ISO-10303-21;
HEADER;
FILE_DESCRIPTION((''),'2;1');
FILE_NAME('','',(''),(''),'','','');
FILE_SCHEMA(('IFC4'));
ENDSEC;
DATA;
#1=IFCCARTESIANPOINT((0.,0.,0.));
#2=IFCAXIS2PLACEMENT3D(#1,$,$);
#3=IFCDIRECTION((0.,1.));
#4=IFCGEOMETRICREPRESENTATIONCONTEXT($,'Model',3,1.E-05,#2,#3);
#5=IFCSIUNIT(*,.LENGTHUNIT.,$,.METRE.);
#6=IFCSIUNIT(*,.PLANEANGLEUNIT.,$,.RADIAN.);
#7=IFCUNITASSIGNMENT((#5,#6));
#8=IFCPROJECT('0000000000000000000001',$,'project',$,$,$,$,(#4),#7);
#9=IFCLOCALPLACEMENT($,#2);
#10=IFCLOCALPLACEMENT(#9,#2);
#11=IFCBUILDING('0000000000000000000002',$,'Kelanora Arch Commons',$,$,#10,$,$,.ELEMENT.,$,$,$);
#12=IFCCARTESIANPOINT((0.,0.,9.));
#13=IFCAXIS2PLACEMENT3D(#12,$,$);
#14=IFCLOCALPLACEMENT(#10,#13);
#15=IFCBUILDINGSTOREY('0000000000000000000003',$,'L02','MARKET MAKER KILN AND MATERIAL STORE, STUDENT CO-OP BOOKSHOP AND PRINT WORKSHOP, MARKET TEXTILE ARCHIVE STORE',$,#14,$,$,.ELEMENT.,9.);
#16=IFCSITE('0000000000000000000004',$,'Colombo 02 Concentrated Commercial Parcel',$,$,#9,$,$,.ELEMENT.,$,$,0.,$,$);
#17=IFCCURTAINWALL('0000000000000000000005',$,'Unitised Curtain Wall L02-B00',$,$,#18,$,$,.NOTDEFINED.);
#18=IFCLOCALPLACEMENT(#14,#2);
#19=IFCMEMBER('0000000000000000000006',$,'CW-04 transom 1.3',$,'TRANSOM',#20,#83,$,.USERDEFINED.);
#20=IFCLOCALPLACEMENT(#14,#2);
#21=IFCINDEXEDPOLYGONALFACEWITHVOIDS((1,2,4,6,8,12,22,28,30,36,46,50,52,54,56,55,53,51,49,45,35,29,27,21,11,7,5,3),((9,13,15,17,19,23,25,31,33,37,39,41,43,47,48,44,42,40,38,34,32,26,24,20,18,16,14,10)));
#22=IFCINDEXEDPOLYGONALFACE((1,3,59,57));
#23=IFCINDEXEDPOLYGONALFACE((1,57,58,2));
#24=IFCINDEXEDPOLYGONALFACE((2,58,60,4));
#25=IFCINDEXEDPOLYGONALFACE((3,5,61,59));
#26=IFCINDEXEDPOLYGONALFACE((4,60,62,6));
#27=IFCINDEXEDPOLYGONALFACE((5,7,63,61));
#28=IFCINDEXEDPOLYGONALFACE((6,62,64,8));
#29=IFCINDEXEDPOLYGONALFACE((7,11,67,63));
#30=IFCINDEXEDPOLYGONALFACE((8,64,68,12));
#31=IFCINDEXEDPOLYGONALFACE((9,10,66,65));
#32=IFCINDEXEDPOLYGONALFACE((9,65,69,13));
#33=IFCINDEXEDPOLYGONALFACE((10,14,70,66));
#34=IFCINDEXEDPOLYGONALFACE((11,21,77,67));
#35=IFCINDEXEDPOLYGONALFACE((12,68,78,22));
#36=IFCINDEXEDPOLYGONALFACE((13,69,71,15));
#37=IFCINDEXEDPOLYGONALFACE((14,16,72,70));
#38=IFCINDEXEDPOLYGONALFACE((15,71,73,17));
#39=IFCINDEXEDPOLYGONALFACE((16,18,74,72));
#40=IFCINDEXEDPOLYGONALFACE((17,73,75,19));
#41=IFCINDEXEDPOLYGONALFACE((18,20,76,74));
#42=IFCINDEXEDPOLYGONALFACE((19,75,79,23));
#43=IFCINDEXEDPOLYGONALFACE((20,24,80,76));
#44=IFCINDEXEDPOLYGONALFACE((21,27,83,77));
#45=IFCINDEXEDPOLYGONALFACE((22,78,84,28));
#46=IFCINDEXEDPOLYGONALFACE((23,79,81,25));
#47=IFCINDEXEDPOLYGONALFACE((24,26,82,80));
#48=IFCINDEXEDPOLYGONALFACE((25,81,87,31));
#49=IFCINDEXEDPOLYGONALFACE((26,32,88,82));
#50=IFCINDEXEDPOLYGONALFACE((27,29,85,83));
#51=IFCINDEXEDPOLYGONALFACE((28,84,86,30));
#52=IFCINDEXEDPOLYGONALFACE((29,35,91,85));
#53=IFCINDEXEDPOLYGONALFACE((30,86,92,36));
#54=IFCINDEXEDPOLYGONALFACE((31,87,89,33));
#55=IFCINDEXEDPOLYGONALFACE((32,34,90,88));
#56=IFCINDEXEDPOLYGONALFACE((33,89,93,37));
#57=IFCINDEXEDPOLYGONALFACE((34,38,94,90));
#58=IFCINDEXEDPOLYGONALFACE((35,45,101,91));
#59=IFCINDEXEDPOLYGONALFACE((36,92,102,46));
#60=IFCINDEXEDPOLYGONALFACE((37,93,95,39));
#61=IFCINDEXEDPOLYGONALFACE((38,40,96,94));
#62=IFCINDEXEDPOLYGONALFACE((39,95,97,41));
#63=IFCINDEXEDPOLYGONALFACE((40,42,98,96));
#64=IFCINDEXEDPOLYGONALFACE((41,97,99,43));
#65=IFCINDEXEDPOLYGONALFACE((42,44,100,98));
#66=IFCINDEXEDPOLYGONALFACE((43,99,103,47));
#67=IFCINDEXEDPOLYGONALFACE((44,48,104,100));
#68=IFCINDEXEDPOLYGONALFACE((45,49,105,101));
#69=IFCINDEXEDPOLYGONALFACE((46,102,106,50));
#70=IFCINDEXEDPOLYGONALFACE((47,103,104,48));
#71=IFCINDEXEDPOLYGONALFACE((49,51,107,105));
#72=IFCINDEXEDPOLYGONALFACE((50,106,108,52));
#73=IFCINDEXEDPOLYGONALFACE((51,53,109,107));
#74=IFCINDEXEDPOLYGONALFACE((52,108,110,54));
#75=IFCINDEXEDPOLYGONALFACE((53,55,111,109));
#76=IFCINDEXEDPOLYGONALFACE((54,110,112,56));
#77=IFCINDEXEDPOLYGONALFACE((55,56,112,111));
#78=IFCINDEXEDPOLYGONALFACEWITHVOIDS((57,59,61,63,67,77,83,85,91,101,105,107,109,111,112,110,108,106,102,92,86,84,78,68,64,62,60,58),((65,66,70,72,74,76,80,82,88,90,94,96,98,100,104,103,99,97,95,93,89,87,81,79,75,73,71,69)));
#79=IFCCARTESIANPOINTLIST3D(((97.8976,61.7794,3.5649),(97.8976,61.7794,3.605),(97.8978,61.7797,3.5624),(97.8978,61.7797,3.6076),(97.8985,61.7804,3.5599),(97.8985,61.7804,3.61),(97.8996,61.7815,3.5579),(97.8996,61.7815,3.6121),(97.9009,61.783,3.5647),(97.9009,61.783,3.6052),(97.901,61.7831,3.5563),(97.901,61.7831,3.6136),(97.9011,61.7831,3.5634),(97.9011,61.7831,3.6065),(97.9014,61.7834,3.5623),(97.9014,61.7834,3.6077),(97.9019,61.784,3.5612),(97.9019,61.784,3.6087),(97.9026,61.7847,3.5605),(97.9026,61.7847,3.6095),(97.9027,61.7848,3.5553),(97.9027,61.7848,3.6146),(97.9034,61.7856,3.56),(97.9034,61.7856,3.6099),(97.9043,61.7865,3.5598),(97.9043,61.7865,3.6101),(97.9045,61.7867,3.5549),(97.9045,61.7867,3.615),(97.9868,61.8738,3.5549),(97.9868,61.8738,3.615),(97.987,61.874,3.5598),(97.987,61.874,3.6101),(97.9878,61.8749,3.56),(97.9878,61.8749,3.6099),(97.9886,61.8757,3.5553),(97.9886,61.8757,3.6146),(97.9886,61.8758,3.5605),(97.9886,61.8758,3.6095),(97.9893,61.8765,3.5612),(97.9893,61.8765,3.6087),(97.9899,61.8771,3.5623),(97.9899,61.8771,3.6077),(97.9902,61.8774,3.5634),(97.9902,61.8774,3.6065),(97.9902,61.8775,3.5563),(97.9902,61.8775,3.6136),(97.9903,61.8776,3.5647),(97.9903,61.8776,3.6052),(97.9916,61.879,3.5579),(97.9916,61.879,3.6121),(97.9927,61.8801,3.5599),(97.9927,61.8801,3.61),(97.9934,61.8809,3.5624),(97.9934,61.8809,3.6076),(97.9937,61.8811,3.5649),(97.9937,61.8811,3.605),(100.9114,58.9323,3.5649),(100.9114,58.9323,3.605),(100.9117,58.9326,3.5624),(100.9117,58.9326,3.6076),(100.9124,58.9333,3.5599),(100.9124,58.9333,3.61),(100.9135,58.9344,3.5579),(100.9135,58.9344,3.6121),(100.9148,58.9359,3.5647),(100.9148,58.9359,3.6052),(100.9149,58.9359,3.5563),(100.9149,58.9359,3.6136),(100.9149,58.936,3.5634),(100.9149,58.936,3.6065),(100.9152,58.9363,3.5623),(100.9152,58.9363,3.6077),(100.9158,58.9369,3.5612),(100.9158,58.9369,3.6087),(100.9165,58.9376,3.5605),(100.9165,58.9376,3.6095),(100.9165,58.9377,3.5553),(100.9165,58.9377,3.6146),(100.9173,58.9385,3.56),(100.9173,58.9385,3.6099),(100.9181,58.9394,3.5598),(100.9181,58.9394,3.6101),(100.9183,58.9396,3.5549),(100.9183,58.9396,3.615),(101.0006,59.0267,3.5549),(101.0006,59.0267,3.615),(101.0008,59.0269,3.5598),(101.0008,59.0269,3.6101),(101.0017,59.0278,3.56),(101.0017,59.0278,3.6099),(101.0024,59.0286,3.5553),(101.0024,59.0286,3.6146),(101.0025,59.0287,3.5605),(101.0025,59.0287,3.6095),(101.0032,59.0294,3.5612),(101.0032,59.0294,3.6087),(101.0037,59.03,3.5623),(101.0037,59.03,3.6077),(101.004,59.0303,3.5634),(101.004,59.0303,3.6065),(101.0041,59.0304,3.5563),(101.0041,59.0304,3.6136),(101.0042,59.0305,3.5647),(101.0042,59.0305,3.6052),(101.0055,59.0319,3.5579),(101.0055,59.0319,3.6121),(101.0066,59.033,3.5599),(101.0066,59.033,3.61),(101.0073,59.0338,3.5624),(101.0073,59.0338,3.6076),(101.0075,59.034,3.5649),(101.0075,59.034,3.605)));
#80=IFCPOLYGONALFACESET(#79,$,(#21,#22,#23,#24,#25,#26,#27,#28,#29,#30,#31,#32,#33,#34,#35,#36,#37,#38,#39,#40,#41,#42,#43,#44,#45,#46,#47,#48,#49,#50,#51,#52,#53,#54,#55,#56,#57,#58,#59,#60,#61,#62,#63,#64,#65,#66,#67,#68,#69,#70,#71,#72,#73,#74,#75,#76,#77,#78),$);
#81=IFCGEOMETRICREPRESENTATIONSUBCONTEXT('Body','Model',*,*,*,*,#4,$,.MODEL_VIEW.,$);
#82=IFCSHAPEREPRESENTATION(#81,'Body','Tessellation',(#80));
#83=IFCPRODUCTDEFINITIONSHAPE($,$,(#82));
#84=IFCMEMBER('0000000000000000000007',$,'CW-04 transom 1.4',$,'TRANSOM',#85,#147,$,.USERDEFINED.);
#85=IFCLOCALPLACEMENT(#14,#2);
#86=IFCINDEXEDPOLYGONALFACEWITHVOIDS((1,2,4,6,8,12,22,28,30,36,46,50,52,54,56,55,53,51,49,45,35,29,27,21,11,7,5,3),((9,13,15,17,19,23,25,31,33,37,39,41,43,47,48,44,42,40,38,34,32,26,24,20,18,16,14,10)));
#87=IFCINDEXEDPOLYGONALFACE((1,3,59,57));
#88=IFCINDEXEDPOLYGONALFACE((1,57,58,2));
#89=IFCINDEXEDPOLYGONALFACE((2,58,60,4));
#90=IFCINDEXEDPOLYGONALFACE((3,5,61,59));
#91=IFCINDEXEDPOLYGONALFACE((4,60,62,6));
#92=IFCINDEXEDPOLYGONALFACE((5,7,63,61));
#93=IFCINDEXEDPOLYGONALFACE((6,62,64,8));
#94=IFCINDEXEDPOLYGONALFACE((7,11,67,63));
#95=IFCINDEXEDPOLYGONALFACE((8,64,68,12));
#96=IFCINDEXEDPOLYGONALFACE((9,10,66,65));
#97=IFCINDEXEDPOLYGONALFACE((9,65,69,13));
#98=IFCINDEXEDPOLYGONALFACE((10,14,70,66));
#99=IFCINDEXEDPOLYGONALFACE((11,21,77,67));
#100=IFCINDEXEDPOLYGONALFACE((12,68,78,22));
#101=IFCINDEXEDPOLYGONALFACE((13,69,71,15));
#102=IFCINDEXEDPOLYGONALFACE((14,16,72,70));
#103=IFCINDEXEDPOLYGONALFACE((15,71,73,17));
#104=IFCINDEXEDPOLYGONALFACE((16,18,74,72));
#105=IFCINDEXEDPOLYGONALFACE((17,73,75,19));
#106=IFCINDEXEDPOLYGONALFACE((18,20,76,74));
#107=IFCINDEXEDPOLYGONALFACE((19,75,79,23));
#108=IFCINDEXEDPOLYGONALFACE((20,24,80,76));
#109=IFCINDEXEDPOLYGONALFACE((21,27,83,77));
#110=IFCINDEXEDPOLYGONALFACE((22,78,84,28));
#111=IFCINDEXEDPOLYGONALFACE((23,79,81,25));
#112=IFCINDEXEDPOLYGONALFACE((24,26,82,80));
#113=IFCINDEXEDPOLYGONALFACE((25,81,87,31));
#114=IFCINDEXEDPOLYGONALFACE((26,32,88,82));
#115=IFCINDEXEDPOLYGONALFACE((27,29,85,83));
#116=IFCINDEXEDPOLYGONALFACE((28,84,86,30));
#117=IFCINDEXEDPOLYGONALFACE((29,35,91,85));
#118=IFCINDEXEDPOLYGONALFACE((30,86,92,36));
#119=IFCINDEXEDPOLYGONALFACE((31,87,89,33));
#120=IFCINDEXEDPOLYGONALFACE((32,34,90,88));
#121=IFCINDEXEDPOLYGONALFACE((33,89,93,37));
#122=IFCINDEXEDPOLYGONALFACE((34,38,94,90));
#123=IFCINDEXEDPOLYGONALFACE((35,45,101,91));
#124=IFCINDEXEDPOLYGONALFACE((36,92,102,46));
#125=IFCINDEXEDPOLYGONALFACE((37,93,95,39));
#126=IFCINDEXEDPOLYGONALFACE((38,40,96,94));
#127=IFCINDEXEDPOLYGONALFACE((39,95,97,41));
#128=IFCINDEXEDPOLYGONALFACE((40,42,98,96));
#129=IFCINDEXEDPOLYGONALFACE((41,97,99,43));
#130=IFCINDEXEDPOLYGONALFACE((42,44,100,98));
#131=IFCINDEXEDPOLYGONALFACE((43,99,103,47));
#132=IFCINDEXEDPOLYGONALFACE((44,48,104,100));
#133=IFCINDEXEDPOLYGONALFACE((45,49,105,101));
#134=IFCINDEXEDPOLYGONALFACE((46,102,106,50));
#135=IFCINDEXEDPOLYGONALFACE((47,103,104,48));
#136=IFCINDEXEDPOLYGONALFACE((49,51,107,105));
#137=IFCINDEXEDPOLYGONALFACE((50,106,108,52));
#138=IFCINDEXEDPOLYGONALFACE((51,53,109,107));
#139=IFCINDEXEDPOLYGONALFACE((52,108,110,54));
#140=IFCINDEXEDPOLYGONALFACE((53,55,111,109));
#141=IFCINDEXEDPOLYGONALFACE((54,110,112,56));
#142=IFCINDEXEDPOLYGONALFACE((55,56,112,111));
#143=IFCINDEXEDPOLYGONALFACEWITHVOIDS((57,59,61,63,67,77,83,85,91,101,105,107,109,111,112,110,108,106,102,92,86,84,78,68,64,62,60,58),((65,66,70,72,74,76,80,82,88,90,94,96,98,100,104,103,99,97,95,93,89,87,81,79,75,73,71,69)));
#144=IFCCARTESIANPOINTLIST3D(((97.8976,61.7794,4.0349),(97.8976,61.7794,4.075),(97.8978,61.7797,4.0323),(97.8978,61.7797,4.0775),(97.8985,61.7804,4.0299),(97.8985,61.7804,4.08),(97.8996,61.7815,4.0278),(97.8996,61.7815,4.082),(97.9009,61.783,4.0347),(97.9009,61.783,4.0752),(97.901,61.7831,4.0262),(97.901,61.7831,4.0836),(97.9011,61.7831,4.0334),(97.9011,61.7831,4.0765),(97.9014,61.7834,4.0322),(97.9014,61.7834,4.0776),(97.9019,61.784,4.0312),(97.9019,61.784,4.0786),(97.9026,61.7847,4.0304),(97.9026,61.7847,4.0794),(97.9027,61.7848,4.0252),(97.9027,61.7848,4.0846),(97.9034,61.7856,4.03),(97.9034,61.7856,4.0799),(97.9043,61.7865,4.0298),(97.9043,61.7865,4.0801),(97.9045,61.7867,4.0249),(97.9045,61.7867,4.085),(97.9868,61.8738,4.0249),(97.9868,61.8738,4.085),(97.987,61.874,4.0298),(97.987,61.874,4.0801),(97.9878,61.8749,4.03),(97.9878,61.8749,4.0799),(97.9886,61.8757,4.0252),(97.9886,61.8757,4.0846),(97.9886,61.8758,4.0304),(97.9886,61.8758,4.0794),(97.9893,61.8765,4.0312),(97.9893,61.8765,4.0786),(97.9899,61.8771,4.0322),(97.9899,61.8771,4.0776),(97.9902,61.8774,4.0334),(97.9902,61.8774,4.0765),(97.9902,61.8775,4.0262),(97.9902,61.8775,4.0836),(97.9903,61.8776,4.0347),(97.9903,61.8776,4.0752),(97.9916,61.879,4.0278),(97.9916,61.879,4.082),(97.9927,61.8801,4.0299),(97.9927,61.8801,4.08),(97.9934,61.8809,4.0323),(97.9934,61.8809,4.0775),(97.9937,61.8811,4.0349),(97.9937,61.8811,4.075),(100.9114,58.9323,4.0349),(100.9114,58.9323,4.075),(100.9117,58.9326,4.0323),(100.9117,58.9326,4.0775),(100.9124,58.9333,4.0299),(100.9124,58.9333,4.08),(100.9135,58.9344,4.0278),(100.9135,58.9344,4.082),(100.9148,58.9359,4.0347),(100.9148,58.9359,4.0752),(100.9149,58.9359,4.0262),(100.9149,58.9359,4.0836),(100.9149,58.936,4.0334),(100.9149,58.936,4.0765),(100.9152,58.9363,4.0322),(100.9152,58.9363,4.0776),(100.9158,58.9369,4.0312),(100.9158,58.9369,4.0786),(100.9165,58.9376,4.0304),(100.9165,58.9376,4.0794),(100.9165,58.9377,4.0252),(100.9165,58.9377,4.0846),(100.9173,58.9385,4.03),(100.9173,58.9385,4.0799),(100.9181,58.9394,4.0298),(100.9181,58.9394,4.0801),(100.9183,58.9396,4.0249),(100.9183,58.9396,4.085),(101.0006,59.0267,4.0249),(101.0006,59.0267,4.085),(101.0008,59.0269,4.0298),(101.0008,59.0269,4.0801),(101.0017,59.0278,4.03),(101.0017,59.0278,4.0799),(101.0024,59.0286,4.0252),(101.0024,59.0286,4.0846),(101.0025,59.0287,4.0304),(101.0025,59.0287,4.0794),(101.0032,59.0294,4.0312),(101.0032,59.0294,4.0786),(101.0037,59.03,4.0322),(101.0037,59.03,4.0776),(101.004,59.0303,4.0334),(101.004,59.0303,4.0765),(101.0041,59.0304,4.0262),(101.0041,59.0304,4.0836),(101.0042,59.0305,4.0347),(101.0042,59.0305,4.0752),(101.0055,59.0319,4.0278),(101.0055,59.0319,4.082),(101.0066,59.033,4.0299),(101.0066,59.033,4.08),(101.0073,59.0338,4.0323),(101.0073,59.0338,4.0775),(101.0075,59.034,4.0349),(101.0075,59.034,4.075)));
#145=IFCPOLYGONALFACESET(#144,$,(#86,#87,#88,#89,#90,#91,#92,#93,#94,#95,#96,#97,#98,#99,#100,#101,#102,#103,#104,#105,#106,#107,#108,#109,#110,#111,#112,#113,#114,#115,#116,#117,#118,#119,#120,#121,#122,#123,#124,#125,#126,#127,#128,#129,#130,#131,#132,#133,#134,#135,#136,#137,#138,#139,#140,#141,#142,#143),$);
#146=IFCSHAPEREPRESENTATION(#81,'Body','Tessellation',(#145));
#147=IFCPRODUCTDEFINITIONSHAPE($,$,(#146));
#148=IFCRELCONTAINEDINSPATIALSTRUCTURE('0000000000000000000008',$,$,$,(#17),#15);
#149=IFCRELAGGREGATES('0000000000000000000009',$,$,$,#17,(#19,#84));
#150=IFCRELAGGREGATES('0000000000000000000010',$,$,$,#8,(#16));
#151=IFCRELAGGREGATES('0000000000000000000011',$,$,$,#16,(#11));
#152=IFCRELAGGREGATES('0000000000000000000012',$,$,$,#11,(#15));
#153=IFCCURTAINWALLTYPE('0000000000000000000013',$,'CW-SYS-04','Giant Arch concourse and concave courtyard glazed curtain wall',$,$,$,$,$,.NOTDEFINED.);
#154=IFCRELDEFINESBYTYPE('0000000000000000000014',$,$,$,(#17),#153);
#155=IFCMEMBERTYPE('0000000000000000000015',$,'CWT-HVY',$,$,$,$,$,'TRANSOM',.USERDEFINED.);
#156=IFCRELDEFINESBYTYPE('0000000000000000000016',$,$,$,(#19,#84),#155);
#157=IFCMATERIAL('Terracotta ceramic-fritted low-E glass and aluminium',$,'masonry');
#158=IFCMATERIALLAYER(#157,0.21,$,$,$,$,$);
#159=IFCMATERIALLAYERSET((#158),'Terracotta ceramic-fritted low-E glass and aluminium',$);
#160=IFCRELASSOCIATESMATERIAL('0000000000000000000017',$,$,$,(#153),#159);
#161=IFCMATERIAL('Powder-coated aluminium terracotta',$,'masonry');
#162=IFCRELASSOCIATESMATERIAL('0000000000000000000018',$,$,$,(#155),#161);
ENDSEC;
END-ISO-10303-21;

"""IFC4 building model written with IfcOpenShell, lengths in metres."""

from ifc_helpers import new_model, si_unit, direction, frame, origin, origin_2d, place, context, subcontext, project, spatial, hollow_rectangle, extrude, material, layer, layer_set, material_profile, profile_set, type_object, element, aggregate, save


model = new_model("IFC4")

# Units and contexts
model_context = context("Model", 3, precision=1e-05, world=origin(), true_north=direction((0.0, 1.0)))
body_context = subcontext(model_context, "Body", "Model", "MODEL_VIEW")
ifc_project = project(units=[si_unit("LENGTHUNIT", "METRE"), si_unit("PLANEANGLEUNIT", "RADIAN")], contexts=[model_context])

# Site, building, storey
site_placement = place(None, origin())
site = spatial("IfcSite", under=ifc_project, at=site_placement, Name="Colombo 02 Concentrated Commercial Parcel", CompositionType="ELEMENT", RefElevation=0.0)
building_placement = place(site_placement, origin())
building = spatial("IfcBuilding", under=site, at=building_placement, Name="Kelanora Arch Commons", CompositionType="ELEMENT")
storey_placement = place(building_placement, frame((0.0, 0.0, 9.0)))
storey = spatial("IfcBuildingStorey", under=building, at=storey_placement, Name="L02", Description="MARKET MAKER KILN AND MATERIAL STORE, STUDENT CO-OP BOOKSHOP AND PRINT WORKSHOP, MARKET TEXTILE ARCHIVE STORE", CompositionType="ELEMENT", Elevation=9.0)

# Curtain wall
ifc_material_1 = material(Name="Terracotta ceramic-fritted low-E glass and aluminium", Category="masonry")
ifc_layer_1 = layer(ifc_material_1, 0.21)
ifc_layer_set_1 = layer_set([ifc_layer_1], Name="Terracotta ceramic-fritted low-E glass and aluminium")
curtain_wall_type = type_object("IfcCurtainWallType", Name="CW-SYS-04", Description="Giant Arch concourse and concave courtyard glazed curtain wall", PredefinedType="NOTDEFINED", material=ifc_layer_set_1)
curtain_wall_1_placement = place(storey_placement, origin())
curtain_wall_1 = element("IfcCurtainWall", 1, at=curtain_wall_1_placement, inside=storey, type_object=curtain_wall_type, Name="Unitised Curtain Wall L02-B00", PredefinedType="NOTDEFINED")
ifc_material_2 = material(Name="Powder-coated aluminium terracotta", Category="masonry")

# Members
ifc_material_profile_1 = material_profile(ifc_material_2, hollow_rectangle(XDim=0.1399, YDim=0.0601, WallThickness=0.0049, InnerFilletRadius=0.0049, OuterFilletRadius=0.01, at=origin_2d()), Name="CWT140x60")
ifc_profile_set_1 = profile_set([ifc_material_profile_1], Name="Powder-coated aluminium terracotta")
member_type_1 = type_object("IfcMemberType", Name="CWT-HVY", ElementType="TRANSOM", PredefinedType="USERDEFINED", material=ifc_profile_set_1)
member_1_placement = place(storey_placement, frame((100.9595, 58.9832, 3.585), z_axis=(-0.72693, 0.686712, 0.0), x_axis=(-0.686712, -0.72693, 0.0)))
member_1 = element("IfcMember", 2, at=member_1_placement, type_object=member_type_1, Name="CW-04 transom 1.3", ObjectType="TRANSOM", PredefinedType="USERDEFINED", context=body_context, shape_type="SweptSolid", body=[
    extrude(hollow_rectangle(XDim=0.1399, YDim=0.0601, WallThickness=0.0049, InnerFilletRadius=0.0049, OuterFilletRadius=0.01, at=origin_2d()), origin(), (0.0, 0.0, 1.0), 4.146),
])
member_2_placement = place(storey_placement, frame((100.9595, 58.9832, 4.0549), z_axis=(-0.72693, 0.686712, 0.0), x_axis=(-0.686712, -0.72693, 0.0)))
member_2 = element("IfcMember", 3, at=member_2_placement, type_object=member_type_1, Name="CW-04 transom 1.4", ObjectType="TRANSOM", PredefinedType="USERDEFINED", context=body_context, shape_type="SweptSolid", body=[
    extrude(hollow_rectangle(XDim=0.1399, YDim=0.0601, WallThickness=0.0049, InnerFilletRadius=0.0049, OuterFilletRadius=0.01, at=origin_2d()), origin(), (0.0, 0.0, 1.0), 4.146),
])

aggregate(curtain_wall_1, [member_1, member_2])

save(model, "model.ifc")
